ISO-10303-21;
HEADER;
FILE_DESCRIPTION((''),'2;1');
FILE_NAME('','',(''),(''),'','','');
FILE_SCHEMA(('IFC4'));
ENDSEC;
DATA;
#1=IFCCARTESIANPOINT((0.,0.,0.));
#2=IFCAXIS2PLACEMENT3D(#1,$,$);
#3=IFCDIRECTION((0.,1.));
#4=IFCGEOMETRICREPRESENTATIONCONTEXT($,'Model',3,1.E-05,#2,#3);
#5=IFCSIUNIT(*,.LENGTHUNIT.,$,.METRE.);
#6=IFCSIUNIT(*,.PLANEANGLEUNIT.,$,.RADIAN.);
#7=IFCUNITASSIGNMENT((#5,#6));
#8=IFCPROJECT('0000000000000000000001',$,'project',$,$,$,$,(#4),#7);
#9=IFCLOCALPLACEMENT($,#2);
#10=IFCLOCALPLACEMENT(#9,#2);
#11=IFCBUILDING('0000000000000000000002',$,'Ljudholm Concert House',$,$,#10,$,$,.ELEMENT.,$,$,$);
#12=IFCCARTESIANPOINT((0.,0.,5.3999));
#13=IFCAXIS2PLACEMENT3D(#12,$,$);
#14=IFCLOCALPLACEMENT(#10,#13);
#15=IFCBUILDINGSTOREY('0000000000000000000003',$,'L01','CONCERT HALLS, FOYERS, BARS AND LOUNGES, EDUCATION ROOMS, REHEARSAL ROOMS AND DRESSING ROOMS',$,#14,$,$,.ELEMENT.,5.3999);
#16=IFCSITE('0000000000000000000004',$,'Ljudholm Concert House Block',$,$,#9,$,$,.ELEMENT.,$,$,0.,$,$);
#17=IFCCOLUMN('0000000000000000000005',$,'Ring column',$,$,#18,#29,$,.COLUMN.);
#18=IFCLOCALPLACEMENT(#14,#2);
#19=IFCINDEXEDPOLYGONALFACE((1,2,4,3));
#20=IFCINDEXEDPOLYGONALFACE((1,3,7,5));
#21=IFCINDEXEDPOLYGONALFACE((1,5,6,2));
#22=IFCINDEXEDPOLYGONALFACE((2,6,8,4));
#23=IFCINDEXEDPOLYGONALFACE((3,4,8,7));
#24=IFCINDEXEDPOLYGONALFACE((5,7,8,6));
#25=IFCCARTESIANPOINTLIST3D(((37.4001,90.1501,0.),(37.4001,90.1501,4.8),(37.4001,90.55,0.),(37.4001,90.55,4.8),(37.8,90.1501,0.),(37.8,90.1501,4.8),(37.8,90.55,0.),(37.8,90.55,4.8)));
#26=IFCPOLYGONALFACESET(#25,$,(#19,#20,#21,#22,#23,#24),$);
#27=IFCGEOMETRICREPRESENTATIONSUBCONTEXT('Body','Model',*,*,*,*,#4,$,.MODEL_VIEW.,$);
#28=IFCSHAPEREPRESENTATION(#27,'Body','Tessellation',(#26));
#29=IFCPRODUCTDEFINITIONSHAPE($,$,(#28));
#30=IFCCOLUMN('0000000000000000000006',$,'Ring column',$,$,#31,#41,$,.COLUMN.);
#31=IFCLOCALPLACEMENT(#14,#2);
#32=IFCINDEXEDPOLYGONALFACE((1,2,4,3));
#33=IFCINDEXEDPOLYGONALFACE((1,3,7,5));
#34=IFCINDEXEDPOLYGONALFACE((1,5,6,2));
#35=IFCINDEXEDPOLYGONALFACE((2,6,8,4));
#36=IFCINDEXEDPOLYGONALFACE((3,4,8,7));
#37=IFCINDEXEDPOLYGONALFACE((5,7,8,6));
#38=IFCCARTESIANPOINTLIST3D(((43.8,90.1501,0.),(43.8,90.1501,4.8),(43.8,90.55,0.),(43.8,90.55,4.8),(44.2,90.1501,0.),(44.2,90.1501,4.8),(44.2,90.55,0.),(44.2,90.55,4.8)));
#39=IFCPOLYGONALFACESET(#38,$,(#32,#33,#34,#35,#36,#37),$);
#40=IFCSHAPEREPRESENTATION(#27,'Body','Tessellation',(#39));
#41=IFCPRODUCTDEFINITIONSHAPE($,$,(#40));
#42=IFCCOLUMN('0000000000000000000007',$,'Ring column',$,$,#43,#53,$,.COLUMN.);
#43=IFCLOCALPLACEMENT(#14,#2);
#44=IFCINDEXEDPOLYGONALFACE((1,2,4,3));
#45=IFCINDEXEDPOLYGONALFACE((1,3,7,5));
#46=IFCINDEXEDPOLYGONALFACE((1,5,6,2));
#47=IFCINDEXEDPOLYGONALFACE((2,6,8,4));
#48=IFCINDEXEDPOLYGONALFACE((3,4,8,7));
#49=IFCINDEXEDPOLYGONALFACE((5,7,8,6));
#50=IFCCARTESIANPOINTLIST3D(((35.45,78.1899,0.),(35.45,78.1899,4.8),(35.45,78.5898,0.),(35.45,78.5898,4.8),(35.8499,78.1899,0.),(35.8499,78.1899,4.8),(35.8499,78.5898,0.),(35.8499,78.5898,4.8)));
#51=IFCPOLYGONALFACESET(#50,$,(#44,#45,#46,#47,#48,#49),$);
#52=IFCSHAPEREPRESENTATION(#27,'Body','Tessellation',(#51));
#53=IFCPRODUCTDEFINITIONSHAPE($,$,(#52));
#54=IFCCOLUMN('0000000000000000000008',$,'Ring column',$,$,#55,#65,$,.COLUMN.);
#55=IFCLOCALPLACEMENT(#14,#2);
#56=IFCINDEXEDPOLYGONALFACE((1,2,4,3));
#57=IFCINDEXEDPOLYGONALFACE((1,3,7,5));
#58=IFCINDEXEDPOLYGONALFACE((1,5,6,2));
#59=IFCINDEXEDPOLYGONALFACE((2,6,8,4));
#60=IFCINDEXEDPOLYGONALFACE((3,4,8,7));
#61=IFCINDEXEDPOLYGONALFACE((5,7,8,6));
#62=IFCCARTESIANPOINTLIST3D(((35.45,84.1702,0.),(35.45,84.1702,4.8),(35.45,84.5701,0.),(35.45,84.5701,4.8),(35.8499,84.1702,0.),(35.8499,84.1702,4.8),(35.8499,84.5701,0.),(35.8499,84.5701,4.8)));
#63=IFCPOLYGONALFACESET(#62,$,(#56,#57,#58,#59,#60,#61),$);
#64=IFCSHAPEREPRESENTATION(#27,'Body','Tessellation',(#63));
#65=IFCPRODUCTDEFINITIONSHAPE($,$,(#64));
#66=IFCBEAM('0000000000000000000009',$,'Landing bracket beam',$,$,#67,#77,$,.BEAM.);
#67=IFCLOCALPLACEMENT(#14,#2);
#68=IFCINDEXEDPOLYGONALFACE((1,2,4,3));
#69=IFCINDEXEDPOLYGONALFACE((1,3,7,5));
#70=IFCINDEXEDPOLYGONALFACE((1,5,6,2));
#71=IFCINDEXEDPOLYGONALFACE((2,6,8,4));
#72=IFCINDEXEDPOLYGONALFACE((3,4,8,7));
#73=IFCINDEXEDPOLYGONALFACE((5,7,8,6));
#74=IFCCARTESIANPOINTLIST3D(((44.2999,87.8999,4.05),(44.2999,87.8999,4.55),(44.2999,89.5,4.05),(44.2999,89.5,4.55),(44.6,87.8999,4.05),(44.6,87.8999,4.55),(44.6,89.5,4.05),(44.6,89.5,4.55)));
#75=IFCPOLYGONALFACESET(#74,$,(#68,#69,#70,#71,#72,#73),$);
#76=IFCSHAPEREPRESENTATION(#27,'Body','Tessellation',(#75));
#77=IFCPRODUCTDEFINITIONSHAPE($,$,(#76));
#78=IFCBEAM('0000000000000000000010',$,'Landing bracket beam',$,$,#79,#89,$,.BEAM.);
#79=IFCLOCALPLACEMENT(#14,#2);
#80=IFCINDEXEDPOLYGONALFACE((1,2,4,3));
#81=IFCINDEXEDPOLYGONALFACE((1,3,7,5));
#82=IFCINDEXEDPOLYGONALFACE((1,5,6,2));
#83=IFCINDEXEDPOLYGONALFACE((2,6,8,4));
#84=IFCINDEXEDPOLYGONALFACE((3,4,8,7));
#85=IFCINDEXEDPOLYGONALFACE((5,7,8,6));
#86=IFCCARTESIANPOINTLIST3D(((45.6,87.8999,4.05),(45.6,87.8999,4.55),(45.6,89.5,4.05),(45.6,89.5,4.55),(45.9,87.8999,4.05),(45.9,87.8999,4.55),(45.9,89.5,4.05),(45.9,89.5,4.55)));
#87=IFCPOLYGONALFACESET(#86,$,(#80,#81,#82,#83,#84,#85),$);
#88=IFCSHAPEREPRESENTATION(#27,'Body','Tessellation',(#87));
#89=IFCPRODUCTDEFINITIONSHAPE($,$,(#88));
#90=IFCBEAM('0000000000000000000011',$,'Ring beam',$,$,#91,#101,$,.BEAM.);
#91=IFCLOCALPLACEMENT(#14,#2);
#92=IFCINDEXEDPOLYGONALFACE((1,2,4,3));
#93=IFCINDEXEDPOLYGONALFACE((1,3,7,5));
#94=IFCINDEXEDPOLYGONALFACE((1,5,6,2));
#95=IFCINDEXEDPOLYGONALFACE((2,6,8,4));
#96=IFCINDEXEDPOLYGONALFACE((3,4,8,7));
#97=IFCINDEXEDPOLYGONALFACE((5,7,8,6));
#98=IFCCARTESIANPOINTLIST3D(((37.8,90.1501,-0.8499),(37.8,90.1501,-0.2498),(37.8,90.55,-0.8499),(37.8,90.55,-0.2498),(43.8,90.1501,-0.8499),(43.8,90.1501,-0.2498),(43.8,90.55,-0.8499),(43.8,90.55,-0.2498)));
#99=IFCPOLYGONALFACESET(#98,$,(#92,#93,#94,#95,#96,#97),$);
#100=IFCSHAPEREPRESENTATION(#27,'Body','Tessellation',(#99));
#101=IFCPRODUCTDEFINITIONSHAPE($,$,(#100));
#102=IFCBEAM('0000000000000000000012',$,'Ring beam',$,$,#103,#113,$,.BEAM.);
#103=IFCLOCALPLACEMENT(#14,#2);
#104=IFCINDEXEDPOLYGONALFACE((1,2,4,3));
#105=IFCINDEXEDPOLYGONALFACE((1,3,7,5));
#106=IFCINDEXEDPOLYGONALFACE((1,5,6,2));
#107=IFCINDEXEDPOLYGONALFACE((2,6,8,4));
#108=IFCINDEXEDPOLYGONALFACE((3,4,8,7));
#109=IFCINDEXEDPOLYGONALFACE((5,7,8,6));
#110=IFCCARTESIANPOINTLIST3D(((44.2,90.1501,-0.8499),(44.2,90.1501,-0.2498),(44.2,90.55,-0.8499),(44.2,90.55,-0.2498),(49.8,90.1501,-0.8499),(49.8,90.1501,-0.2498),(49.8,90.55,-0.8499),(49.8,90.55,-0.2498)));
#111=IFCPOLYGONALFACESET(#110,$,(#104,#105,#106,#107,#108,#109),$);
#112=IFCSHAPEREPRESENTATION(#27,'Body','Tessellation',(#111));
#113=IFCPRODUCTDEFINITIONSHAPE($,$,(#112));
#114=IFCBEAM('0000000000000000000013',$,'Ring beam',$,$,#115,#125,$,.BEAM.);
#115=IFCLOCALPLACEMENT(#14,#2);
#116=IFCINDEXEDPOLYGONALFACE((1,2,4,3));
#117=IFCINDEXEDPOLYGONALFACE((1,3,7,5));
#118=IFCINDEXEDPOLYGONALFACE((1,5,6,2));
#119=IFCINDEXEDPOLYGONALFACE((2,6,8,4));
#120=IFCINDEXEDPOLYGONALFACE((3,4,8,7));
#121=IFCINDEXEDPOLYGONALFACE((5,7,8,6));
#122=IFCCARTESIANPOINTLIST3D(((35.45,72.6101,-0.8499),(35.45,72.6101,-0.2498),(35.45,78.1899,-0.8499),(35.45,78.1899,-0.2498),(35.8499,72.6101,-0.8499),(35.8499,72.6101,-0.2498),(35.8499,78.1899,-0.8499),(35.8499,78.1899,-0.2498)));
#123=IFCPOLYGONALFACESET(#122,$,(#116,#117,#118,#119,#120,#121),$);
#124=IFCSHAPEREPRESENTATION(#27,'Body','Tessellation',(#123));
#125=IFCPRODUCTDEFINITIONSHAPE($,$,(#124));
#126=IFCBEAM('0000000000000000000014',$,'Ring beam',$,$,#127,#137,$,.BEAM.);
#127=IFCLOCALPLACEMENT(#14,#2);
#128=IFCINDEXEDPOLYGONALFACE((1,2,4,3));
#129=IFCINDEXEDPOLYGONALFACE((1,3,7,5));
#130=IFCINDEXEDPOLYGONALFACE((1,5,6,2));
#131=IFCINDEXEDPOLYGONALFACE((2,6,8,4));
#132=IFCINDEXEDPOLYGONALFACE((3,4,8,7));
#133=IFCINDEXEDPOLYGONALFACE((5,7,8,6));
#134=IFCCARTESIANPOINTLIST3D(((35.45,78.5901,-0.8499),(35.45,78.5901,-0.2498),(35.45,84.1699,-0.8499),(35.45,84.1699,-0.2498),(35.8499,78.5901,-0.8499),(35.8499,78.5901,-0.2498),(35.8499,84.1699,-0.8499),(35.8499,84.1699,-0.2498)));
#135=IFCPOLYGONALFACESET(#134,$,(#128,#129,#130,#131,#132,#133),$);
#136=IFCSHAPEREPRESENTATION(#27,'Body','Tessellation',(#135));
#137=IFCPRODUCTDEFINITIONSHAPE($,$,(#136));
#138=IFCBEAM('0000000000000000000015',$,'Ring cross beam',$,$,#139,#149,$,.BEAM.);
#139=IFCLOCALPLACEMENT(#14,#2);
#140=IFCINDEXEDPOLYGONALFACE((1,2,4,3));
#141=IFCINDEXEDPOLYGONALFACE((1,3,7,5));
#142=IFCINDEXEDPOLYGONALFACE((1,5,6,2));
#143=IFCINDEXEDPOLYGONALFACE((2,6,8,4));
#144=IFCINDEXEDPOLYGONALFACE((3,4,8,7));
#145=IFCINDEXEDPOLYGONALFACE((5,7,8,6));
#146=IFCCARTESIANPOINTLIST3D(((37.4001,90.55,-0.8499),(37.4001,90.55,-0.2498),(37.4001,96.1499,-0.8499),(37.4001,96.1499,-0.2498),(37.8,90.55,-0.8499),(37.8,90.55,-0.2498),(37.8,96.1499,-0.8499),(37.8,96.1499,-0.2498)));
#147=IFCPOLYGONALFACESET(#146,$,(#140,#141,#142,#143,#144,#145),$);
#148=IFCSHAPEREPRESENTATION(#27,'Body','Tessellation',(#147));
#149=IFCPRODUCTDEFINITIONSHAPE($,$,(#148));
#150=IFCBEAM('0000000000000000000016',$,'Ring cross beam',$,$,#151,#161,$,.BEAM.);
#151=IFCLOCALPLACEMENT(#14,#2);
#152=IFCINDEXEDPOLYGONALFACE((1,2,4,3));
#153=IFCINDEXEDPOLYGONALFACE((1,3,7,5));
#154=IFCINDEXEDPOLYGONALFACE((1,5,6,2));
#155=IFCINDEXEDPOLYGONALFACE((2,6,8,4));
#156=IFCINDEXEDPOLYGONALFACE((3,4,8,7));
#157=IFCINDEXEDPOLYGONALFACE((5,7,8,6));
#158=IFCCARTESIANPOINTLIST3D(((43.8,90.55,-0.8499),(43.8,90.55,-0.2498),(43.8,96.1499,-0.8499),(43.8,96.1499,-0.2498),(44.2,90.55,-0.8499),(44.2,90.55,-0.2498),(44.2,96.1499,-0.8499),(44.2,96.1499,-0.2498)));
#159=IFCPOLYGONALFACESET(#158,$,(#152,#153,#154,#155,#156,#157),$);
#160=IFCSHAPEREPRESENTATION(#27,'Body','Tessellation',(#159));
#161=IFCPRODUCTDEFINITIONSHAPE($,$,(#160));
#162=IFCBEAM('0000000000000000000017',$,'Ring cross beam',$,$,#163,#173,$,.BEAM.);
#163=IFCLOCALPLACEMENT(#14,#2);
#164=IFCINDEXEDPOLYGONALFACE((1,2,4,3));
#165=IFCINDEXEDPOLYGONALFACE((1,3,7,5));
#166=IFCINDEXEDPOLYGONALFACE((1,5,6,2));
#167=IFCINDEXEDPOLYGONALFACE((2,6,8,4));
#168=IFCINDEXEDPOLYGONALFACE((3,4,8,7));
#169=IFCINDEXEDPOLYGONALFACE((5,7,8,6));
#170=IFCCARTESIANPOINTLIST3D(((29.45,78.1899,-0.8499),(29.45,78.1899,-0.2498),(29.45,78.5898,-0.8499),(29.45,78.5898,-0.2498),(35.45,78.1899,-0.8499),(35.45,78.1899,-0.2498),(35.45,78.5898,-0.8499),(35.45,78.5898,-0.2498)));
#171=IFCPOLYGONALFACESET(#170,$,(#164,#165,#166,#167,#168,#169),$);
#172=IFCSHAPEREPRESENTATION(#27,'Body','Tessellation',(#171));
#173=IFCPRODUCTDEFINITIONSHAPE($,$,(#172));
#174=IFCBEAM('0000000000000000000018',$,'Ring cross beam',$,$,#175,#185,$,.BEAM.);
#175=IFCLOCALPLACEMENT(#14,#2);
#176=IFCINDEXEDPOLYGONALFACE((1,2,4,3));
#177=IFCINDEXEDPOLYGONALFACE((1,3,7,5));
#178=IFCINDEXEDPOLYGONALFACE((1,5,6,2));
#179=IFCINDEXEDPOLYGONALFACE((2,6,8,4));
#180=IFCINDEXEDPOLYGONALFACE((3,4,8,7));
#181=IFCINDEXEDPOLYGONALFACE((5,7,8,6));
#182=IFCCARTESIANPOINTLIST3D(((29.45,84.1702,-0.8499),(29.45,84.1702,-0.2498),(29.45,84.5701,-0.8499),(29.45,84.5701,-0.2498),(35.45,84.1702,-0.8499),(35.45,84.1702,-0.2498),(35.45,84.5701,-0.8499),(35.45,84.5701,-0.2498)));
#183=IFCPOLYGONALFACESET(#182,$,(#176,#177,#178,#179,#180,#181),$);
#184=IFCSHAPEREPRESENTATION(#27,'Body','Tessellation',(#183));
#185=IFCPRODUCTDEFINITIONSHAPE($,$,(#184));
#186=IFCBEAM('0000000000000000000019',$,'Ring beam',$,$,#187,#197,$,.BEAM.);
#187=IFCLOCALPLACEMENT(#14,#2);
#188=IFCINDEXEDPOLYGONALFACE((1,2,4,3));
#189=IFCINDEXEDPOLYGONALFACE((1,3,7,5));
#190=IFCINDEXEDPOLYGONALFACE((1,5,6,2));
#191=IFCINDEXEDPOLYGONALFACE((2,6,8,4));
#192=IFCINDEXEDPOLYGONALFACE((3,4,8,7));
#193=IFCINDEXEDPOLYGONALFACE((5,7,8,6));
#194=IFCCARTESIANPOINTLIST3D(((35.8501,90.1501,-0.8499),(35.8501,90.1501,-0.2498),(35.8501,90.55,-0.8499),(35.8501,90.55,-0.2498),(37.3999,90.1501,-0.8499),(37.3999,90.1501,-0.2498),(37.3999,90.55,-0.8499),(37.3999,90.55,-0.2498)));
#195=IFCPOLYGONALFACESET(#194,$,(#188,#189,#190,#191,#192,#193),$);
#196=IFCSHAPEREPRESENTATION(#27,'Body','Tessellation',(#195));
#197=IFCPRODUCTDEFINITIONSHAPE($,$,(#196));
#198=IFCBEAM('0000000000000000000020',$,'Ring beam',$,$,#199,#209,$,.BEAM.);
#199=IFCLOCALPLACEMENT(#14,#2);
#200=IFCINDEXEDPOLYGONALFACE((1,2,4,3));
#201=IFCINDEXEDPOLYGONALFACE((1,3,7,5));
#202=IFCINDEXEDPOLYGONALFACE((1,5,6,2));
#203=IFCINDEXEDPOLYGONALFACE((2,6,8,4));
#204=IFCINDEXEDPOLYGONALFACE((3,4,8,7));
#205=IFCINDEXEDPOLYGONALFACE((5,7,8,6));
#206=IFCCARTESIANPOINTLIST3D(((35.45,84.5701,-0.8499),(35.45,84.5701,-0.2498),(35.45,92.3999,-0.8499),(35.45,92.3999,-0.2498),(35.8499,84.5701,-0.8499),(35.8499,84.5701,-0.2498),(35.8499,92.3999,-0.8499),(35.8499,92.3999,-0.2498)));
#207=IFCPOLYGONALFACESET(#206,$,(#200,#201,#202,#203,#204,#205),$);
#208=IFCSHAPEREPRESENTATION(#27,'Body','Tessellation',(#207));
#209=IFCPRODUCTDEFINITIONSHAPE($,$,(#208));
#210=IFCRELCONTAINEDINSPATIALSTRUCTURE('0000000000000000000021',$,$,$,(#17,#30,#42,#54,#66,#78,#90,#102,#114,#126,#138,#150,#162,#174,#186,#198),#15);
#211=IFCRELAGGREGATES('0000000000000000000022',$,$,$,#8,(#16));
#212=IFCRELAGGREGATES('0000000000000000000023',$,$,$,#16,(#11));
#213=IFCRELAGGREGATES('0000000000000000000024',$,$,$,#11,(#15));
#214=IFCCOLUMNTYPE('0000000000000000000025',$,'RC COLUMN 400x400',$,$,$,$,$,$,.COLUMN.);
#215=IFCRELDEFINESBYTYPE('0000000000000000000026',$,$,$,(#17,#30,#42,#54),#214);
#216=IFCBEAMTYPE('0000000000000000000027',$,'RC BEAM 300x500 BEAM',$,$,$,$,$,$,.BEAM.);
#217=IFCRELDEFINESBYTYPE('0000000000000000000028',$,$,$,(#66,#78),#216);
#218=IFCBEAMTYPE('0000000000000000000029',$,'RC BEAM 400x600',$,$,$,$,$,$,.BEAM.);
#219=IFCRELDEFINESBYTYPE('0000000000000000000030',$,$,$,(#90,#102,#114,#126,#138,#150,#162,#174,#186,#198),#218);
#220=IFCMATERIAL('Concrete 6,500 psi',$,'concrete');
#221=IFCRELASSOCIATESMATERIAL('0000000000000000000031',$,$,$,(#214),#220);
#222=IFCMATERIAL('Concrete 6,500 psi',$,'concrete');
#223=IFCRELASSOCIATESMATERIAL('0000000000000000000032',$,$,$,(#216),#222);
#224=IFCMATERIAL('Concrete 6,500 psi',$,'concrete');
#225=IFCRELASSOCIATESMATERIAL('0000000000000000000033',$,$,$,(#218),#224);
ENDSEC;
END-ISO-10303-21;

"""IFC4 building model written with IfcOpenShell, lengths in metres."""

from ifc_helpers import new_model, si_unit, direction, frame, origin, origin_2d, place, context, subcontext, project, spatial, rectangle, extrude, material, material_profile, profile_set, type_object, element, save


model = new_model("IFC4")

# Units and contexts
model_context = context("Model", 3, precision=1e-05, world=origin(), true_north=direction((0.0, 1.0)))
body_context = subcontext(model_context, "Body", "Model", "MODEL_VIEW")
ifc_project = project(units=[si_unit("LENGTHUNIT", "METRE"), si_unit("PLANEANGLEUNIT", "RADIAN")], contexts=[model_context])

# Site, building, storey
site_placement = place(None, origin())
site = spatial("IfcSite", under=ifc_project, at=site_placement, Name="Ljudholm Concert House Block", CompositionType="ELEMENT", RefElevation=0.0)
building_placement = place(site_placement, origin())
building = spatial("IfcBuilding", under=site, at=building_placement, Name="Ljudholm Concert House", CompositionType="ELEMENT")
storey_placement = place(building_placement, frame((0.0, 0.0, 5.3999)))
storey = spatial("IfcBuildingStorey", under=building, at=storey_placement, Name="L01", Description="CONCERT HALLS, FOYERS, BARS AND LOUNGES, EDUCATION ROOMS, REHEARSAL ROOMS AND DRESSING ROOMS", CompositionType="ELEMENT", Elevation=5.3999)

# Columns
ifc_material_1 = material(Name="Concrete 6,500 psi", Category="concrete")
ifc_material_profile_1 = material_profile(ifc_material_1, rectangle(XDim=0.3999, YDim=0.3999, at=origin_2d()), Name="RC COLUMN 400x400")
ifc_profile_set_1 = profile_set([ifc_material_profile_1], Name="Concrete 6,500 psi")
column_type = type_object("IfcColumnType", Name="RC COLUMN 400x400", PredefinedType="COLUMN", material=ifc_profile_set_1)
for number, where, z_axis, x_axis, name in (
    (1, (37.6001, 90.3501, 0.0), (0.0, 0.0, 1.0), (1.0, 0.0, 0.0), "Ring column"),
    (2, (44.0, 90.3501, 0.0), (0.0, 0.0, 1.0), (1.0, 0.0, 0.0), "Ring column"),
    (3, (35.6499, 78.3899, 0.0), (0.0, 0.0, 1.0), (1.0, 0.0, 0.0), "Ring column"),
    (4, (35.6499, 84.3701, 0.0), (0.0, 0.0, 1.0), (1.0, 0.0, 0.0), "Ring column"),
):
    element("IfcColumn", number, at=place(storey_placement, frame(where, z_axis=z_axis, x_axis=x_axis)), inside=storey, type_object=column_type, Name=name, PredefinedType="COLUMN", context=body_context, shape_type="SweptSolid", body=[
        extrude(rectangle(XDim=0.3999, YDim=0.3999, at=origin_2d()), origin(), (0.0, 0.0, 1.0), 4.8),
    ])

# Beams
ifc_material_2 = material(Name="Concrete 6,500 psi", Category="concrete")
ifc_material_profile_2 = material_profile(ifc_material_2, rectangle(XDim=0.3, YDim=0.5, at=origin_2d()), Name="RC BEAM 300x500 BEAM")
ifc_profile_set_2 = profile_set([ifc_material_profile_2], Name="Concrete 6,500 psi")
beam_type_1 = type_object("IfcBeamType", Name="RC BEAM 300x500 BEAM", PredefinedType="BEAM", material=ifc_profile_set_2)
for number, where, z_axis, x_axis, name in (
    (5, (44.45, 87.8999, 4.3), (0.0, 1.0, 0.0), (-1.0, 0.0, 0.0), "Landing bracket beam"),
    (6, (45.75, 87.8999, 4.3), (0.0, 1.0, 0.0), (-1.0, 0.0, 0.0), "Landing bracket beam"),
):
    element("IfcBeam", number, at=place(storey_placement, frame(where, z_axis=z_axis, x_axis=x_axis)), inside=storey, type_object=beam_type_1, Name=name, PredefinedType="BEAM", context=body_context, shape_type="SweptSolid", body=[
        extrude(rectangle(XDim=0.3, YDim=0.5, at=origin_2d()), origin(), (0.0, 0.0, 1.0), 1.6001),
    ])
ifc_material_3 = material(Name="Concrete 6,500 psi", Category="concrete")
ifc_material_profile_3 = material_profile(ifc_material_3, rectangle(XDim=0.3999, YDim=0.6001, at=origin_2d()), Name="RC BEAM 400x600")
ifc_profile_set_3 = profile_set([ifc_material_profile_3], Name="Concrete 6,500 psi")
beam_type_2 = type_object("IfcBeamType", Name="RC BEAM 400x600", PredefinedType="BEAM", material=ifc_profile_set_3)
beam_1_placement = place(storey_placement, frame((37.8, 90.3501, -0.5498), z_axis=(1.0, 0.0, 0.0), x_axis=(0.0, 1.0, 0.0)))
element("IfcBeam", 7, at=beam_1_placement, inside=storey, type_object=beam_type_2, Name="Ring beam", PredefinedType="BEAM", context=body_context, shape_type="SweptSolid", body=[
    extrude(rectangle(XDim=0.3999, YDim=0.6001, at=origin_2d()), origin(), (0.0, 0.0, 1.0), 6.0),
])
beam_2_placement = place(storey_placement, frame((44.2, 90.3501, -0.5498), z_axis=(1.0, 0.0, 0.0), x_axis=(0.0, 1.0, 0.0)))
element("IfcBeam", 8, at=beam_2_placement, inside=storey, type_object=beam_type_2, Name="Ring beam", PredefinedType="BEAM", context=body_context, shape_type="SweptSolid", body=[
    extrude(rectangle(XDim=0.3999, YDim=0.6001, at=origin_2d()), origin(), (0.0, 0.0, 1.0), 5.6001),
])
for number, where, z_axis, x_axis, name in (
    (9, (35.6499, 72.6101, -0.5498), (0.0, 1.0, 0.0), (-1.0, 0.0, 0.0), "Ring beam"),
    (10, (35.6499, 78.5901, -0.5498), (0.0, 1.0, 0.0), (-1.0, 0.0, 0.0), "Ring beam"),
):
    element("IfcBeam", number, at=place(storey_placement, frame(where, z_axis=z_axis, x_axis=x_axis)), inside=storey, type_object=beam_type_2, Name=name, PredefinedType="BEAM", context=body_context, shape_type="SweptSolid", body=[
        extrude(rectangle(XDim=0.3999, YDim=0.6001, at=origin_2d()), origin(), (0.0, 0.0, 1.0), 5.5798),
    ])
for number, where, z_axis, x_axis, name in (
    (11, (37.6001, 90.55, -0.5498), (0.0, 1.0, 0.0), (-1.0, 0.0, 0.0), "Ring cross beam"),
    (12, (44.0, 90.55, -0.5498), (0.0, 1.0, 0.0), (-1.0, 0.0, 0.0), "Ring cross beam"),
):
    element("IfcBeam", number, at=place(storey_placement, frame(where, z_axis=z_axis, x_axis=x_axis)), inside=storey, type_object=beam_type_2, Name=name, PredefinedType="BEAM", context=body_context, shape_type="SweptSolid", body=[
        extrude(rectangle(XDim=0.3999, YDim=0.6001, at=origin_2d()), origin(), (0.0, 0.0, 1.0), 5.5999),
    ])
for number, where, z_axis, x_axis, name in (
    (13, (35.45, 78.3899, -0.5498), (-1.0, 0.0, 0.0), (0.0, -1.0, 0.0), "Ring cross beam"),
    (14, (35.45, 84.3701, -0.5498), (-1.0, 0.0, 0.0), (0.0, -1.0, 0.0), "Ring cross beam"),
):
    element("IfcBeam", number, at=place(storey_placement, frame(where, z_axis=z_axis, x_axis=x_axis)), inside=storey, type_object=beam_type_2, Name=name, PredefinedType="BEAM", context=body_context, shape_type="SweptSolid", body=[
        extrude(rectangle(XDim=0.3999, YDim=0.6001, at=origin_2d()), origin(), (0.0, 0.0, 1.0), 6.0),
    ])
beam_3_placement = place(storey_placement, frame((35.8501, 90.3501, -0.5498), z_axis=(1.0, 0.0, 0.0), x_axis=(0.0, 1.0, 0.0)))
element("IfcBeam", 15, at=beam_3_placement, inside=storey, type_object=beam_type_2, Name="Ring beam", PredefinedType="BEAM", context=body_context, shape_type="SweptSolid", body=[
    extrude(rectangle(XDim=0.3999, YDim=0.6001, at=origin_2d()), origin(), (0.0, 0.0, 1.0), 1.5498),
])
beam_4_placement = place(storey_placement, frame((35.6499, 84.5701, -0.5498), z_axis=(0.0, 1.0, 0.0), x_axis=(-1.0, 0.0, 0.0)))
element("IfcBeam", 16, at=beam_4_placement, inside=storey, type_object=beam_type_2, Name="Ring beam", PredefinedType="BEAM", context=body_context, shape_type="SweptSolid", body=[
    extrude(rectangle(XDim=0.3999, YDim=0.6001, at=origin_2d()), origin(), (0.0, 0.0, 1.0), 7.8298),
])

save(model, "model.ifc")
